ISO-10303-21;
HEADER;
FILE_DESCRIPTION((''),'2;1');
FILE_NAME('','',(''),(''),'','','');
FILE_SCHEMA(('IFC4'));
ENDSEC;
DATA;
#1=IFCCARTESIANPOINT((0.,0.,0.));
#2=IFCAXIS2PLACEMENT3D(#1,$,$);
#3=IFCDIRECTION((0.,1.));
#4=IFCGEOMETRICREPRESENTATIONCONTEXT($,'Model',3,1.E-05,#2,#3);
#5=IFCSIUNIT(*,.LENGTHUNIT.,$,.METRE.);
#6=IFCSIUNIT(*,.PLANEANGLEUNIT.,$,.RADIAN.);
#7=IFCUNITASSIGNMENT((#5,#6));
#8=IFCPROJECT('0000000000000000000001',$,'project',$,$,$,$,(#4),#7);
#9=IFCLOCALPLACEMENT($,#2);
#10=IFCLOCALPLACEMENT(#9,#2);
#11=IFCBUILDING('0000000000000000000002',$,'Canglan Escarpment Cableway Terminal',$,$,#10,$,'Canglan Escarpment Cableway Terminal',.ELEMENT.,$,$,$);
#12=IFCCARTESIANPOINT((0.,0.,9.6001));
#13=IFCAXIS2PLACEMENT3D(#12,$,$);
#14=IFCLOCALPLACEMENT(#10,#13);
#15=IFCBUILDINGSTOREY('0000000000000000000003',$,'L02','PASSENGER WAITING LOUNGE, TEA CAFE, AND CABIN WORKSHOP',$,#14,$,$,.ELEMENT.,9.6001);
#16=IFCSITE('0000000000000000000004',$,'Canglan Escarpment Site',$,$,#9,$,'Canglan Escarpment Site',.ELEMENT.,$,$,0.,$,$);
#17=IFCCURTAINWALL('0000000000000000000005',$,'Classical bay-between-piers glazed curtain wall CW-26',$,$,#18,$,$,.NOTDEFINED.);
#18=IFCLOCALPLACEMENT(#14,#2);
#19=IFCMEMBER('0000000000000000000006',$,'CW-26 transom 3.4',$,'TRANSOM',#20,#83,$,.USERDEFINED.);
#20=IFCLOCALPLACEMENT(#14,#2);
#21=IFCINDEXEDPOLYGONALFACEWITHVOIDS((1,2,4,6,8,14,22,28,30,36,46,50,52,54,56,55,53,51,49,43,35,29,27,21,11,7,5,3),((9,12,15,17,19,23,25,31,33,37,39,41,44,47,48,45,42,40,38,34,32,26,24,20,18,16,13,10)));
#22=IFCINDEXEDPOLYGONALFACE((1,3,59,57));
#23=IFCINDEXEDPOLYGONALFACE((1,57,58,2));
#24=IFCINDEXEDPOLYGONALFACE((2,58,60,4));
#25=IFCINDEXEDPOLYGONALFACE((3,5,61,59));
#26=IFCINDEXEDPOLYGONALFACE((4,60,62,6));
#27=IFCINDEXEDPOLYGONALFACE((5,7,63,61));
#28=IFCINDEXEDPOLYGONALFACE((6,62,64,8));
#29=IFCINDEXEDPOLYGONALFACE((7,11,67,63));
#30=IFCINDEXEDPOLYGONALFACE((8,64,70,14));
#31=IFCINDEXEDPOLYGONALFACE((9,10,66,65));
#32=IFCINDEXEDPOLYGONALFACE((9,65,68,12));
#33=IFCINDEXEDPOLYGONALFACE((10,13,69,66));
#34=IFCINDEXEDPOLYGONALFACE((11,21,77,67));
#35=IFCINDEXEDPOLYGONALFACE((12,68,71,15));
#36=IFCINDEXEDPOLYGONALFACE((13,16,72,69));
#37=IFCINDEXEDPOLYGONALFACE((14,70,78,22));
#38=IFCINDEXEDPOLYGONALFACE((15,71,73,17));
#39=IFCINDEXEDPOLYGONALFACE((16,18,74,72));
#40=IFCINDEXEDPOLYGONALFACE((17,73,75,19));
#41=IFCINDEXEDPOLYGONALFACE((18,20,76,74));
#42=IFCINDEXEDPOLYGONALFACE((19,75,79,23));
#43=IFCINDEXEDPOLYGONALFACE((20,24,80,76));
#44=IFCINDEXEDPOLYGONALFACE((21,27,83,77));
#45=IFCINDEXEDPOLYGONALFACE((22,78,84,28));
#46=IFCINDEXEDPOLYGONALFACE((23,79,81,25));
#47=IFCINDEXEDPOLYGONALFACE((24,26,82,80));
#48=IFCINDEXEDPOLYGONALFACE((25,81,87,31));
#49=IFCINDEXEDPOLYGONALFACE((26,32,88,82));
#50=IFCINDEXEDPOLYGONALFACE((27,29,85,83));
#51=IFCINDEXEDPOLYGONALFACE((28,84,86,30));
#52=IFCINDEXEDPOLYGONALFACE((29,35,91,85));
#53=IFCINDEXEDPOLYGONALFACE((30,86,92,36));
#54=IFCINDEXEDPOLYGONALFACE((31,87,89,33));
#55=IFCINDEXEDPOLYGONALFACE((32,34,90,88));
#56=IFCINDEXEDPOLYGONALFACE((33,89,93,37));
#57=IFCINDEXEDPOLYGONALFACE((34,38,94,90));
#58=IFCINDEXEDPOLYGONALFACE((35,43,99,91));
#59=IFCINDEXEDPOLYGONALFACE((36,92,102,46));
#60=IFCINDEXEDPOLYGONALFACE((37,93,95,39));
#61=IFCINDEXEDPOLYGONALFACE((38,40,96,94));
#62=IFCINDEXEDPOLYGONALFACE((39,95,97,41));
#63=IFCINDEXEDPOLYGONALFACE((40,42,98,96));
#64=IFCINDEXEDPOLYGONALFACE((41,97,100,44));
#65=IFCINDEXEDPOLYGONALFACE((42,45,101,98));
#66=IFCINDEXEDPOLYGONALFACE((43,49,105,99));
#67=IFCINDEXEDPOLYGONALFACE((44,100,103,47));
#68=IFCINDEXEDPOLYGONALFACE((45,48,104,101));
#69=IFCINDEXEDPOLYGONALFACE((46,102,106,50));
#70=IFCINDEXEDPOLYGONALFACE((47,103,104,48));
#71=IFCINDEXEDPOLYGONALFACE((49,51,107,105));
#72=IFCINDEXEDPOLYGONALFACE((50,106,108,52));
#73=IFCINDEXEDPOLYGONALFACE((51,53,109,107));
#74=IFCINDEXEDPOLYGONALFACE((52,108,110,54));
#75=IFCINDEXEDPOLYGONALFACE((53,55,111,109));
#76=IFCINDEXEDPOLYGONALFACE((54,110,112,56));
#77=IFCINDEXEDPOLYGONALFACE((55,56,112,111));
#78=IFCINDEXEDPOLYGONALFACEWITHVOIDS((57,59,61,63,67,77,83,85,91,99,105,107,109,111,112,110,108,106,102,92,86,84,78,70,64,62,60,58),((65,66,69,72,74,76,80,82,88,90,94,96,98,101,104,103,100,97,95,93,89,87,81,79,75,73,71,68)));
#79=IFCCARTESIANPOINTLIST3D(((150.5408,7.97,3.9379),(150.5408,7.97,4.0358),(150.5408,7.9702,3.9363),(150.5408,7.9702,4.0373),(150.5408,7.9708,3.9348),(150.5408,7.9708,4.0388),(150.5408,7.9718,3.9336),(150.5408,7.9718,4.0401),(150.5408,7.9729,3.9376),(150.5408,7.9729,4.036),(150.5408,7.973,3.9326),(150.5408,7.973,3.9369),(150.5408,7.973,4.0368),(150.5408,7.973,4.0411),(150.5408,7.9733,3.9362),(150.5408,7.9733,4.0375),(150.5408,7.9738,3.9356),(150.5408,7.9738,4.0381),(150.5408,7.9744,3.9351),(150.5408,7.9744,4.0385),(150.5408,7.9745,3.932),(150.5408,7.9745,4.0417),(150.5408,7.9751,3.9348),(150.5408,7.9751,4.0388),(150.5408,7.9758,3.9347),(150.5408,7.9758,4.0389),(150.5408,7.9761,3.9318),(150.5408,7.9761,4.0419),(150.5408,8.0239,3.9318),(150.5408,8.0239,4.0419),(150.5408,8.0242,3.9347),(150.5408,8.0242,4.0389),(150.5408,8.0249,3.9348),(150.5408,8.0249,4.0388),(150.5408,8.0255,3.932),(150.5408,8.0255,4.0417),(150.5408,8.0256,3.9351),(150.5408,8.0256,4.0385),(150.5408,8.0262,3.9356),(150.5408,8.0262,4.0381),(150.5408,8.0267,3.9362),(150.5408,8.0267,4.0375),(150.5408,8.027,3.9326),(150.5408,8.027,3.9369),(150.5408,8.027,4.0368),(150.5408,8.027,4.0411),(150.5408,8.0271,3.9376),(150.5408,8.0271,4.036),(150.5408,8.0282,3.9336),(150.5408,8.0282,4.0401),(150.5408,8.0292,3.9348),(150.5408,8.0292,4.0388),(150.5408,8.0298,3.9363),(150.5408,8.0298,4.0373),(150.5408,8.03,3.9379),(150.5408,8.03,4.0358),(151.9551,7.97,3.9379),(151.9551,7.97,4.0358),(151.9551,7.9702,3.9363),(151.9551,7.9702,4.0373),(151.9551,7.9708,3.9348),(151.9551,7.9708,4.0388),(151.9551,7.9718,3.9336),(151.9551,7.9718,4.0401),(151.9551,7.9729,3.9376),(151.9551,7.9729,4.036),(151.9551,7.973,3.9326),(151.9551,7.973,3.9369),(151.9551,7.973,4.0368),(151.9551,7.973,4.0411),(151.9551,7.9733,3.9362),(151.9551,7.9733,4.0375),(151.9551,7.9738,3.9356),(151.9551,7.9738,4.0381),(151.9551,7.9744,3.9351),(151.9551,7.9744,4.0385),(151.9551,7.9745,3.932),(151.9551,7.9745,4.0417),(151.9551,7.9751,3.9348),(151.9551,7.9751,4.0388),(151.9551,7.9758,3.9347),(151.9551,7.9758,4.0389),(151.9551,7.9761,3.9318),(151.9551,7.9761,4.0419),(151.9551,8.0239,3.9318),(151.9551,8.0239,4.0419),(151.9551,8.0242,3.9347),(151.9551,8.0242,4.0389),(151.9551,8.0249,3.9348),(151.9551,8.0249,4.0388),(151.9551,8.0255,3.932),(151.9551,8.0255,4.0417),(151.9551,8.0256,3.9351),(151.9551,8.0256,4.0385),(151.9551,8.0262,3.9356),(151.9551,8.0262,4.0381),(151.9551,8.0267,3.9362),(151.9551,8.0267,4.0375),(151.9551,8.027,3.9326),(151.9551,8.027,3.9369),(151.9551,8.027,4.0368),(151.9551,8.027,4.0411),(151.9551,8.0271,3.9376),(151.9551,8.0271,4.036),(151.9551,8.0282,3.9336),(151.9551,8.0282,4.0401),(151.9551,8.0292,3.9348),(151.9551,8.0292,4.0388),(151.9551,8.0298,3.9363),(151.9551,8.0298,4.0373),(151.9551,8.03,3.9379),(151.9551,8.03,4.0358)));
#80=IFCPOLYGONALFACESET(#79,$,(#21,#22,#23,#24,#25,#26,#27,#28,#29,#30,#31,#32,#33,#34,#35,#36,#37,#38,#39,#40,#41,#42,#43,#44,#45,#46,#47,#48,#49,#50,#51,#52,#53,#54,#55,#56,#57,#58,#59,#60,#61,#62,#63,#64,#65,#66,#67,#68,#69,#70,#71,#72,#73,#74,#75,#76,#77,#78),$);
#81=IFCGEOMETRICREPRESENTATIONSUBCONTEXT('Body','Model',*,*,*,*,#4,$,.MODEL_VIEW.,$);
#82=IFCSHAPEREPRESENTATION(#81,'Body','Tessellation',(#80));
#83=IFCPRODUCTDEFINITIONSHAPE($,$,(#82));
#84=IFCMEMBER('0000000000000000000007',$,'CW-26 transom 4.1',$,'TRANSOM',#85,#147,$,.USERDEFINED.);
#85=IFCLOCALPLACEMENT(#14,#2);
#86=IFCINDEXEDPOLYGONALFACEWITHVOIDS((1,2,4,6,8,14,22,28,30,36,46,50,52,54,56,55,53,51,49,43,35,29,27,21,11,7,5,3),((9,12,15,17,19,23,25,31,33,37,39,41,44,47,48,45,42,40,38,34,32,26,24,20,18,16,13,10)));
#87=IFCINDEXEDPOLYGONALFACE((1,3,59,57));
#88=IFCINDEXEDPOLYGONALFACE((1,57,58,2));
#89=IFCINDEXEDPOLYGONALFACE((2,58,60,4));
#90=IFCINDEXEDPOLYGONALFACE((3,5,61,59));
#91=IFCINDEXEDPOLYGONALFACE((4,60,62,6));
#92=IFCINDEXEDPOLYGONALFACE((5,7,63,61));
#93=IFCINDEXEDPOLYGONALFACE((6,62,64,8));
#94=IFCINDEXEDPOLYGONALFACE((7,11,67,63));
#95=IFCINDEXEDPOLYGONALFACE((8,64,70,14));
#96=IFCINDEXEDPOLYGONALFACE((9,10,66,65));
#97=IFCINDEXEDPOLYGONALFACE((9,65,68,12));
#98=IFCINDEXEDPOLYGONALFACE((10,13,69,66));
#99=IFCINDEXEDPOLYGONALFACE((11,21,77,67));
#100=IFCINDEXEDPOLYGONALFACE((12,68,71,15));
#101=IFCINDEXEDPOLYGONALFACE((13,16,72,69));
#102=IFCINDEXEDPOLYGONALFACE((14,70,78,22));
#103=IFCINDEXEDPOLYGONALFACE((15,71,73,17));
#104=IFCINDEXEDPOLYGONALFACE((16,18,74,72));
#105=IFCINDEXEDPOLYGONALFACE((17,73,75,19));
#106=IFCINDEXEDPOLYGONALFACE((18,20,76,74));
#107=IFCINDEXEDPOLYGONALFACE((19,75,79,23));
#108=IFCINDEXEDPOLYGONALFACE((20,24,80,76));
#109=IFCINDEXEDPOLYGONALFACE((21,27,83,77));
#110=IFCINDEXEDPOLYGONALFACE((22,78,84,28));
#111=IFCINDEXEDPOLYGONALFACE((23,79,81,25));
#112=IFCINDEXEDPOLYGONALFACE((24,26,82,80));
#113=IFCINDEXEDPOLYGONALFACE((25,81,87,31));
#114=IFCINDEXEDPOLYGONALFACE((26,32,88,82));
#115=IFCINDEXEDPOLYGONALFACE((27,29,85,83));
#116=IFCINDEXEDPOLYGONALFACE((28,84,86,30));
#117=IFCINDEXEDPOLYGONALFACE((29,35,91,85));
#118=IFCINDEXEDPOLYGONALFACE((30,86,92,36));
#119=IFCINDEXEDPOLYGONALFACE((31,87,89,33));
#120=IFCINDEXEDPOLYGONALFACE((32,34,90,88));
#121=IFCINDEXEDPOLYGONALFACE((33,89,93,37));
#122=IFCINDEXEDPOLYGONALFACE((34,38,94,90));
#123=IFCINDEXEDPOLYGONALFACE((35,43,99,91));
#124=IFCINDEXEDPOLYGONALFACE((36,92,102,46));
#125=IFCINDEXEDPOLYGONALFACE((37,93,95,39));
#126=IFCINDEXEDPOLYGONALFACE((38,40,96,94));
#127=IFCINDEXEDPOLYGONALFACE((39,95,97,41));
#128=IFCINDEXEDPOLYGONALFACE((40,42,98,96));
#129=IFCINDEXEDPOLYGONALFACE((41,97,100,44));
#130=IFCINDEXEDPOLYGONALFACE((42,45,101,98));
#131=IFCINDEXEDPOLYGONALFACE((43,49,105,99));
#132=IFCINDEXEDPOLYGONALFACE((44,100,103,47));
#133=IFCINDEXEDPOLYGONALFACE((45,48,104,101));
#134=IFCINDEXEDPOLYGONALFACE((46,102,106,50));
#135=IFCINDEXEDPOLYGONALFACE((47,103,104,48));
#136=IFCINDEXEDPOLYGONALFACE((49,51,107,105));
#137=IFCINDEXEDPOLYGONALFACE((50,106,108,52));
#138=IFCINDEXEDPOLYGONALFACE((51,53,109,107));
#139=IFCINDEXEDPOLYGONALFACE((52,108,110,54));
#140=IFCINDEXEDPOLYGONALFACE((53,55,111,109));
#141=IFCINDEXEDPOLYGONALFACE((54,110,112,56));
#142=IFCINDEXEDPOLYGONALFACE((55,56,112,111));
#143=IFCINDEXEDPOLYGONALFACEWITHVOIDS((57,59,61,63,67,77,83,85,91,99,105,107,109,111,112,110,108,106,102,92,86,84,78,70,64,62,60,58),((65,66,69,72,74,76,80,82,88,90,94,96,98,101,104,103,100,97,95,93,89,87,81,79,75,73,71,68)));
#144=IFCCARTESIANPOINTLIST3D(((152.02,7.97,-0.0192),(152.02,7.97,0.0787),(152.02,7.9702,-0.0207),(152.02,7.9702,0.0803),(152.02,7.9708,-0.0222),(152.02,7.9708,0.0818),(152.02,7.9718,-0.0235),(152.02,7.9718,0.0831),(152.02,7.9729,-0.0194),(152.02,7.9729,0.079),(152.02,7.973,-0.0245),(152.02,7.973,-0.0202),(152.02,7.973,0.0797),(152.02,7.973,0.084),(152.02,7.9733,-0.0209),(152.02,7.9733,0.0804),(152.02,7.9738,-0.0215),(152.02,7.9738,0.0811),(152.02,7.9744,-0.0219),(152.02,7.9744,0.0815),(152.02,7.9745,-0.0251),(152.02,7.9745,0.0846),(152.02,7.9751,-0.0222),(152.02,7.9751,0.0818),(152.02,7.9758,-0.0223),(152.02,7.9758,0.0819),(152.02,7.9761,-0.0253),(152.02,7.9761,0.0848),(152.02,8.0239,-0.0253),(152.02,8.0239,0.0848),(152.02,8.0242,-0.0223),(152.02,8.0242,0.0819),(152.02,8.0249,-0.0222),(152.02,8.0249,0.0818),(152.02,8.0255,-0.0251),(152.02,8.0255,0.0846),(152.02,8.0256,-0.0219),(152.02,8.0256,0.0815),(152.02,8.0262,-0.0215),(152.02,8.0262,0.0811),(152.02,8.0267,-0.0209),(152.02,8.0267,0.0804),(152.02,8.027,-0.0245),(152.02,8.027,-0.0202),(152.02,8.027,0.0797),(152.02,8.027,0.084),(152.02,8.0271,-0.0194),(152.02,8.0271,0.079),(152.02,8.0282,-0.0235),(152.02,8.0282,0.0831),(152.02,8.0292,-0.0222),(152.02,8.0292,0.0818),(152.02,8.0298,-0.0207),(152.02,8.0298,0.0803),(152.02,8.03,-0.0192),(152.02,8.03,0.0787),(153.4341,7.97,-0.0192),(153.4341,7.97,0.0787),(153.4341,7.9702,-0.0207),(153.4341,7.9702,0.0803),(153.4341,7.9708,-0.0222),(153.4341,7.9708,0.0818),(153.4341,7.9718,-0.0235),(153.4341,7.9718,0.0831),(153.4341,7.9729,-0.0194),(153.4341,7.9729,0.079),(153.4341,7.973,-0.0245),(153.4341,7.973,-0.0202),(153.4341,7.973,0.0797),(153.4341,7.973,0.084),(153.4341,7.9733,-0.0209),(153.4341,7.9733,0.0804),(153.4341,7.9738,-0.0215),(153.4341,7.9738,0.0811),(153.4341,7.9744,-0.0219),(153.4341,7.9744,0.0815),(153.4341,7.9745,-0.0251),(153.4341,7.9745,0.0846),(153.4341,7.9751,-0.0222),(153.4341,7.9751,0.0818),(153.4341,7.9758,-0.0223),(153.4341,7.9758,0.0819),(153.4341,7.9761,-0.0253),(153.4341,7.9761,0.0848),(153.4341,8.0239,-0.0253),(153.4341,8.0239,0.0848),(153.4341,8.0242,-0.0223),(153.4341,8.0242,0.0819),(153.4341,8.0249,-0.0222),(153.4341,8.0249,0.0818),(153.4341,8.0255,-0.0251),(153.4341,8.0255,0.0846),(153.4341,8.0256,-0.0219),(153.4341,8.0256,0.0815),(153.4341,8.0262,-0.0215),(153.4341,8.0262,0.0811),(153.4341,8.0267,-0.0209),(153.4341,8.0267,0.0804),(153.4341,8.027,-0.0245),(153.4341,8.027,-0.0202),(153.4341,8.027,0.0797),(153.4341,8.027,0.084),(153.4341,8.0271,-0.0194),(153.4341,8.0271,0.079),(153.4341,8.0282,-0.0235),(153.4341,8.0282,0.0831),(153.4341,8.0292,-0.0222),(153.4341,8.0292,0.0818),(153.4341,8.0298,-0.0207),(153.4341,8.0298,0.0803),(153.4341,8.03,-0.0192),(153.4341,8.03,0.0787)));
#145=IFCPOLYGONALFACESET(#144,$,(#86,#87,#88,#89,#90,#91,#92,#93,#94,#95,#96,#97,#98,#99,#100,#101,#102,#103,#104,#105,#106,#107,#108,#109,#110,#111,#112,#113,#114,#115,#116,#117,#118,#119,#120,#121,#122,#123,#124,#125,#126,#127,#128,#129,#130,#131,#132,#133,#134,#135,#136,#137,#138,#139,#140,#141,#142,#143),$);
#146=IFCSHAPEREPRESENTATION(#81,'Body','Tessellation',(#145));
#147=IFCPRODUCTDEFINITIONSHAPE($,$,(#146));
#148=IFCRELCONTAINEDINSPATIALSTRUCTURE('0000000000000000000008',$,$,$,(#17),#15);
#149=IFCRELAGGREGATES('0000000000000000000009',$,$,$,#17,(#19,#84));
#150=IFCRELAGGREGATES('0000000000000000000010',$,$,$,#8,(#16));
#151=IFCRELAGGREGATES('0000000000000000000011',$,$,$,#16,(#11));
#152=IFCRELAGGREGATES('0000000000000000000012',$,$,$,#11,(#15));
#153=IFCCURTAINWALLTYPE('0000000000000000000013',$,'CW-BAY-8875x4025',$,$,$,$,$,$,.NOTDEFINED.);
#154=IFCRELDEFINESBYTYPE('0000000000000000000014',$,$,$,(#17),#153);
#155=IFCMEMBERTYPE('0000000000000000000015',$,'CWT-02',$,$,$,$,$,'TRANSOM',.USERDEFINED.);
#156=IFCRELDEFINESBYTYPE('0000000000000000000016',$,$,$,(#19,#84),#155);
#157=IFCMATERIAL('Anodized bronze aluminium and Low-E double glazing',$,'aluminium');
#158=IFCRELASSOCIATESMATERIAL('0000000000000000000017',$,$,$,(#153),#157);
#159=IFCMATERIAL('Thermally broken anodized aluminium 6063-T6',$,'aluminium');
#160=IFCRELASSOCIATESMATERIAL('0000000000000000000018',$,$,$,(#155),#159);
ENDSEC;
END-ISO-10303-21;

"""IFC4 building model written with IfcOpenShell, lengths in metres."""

from ifc_helpers import new_model, si_unit, direction, frame, origin, origin_2d, place, context, subcontext, project, spatial, hollow_rectangle, extrude, material, material_profile, profile_set, type_object, element, aggregate, save


model = new_model("IFC4")

# Units and contexts
model_context = context("Model", 3, precision=1e-05, world=origin(), true_north=direction((0.0, 1.0)))
body_context = subcontext(model_context, "Body", "Model", "MODEL_VIEW")
ifc_project = project(units=[si_unit("LENGTHUNIT", "METRE"), si_unit("PLANEANGLEUNIT", "RADIAN")], contexts=[model_context])

# Site, building, storey
site_placement = place(None, origin())
site = spatial("IfcSite", under=ifc_project, at=site_placement, Name="Canglan Escarpment Site", LongName="Canglan Escarpment Site", CompositionType="ELEMENT", RefElevation=0.0)
building_placement = place(site_placement, origin())
building = spatial("IfcBuilding", under=site, at=building_placement, Name="Canglan Escarpment Cableway Terminal", LongName="Canglan Escarpment Cableway Terminal", CompositionType="ELEMENT")
storey_placement = place(building_placement, frame((0.0, 0.0, 9.6001)))
storey = spatial("IfcBuildingStorey", under=building, at=storey_placement, Name="L02", Description="PASSENGER WAITING LOUNGE, TEA CAFE, AND CABIN WORKSHOP", CompositionType="ELEMENT", Elevation=9.6001)

# Curtain wall, members
ifc_material_1 = material(Name="Anodized bronze aluminium and Low-E double glazing", Category="aluminium")
curtain_wall_type = type_object("IfcCurtainWallType", Name="CW-BAY-8875x4025", PredefinedType="NOTDEFINED", material=ifc_material_1)
curtain_wall_placement = place(storey_placement, origin())
curtain_wall = element("IfcCurtainWall", 1, at=curtain_wall_placement, inside=storey, type_object=curtain_wall_type, Name="Classical bay-between-piers glazed curtain wall CW-26", PredefinedType="NOTDEFINED")
ifc_material_2 = material(Name="Thermally broken anodized aluminium 6063-T6", Category="aluminium")
ifc_material_profile_1 = material_profile(ifc_material_2, hollow_rectangle(XDim=0.0601, YDim=0.1101, WallThickness=0.0029, InnerFilletRadius=0.0029, OuterFilletRadius=0.0061, at=origin_2d()), Name="ALU-TRAN 60x110x3")
ifc_profile_set_1 = profile_set([ifc_material_profile_1], Name="Thermally broken anodized aluminium 6063-T6")
member_type_1 = type_object("IfcMemberType", Name="CWT-02", ElementType="TRANSOM", PredefinedType="USERDEFINED", material=ifc_profile_set_1)
member_1_placement = place(storey_placement, frame((150.5408, 8.0, 3.9868), z_axis=(1.0, 0.0, 0.0), x_axis=(0.0, 1.0, 0.0)))
member_1 = element("IfcMember", 2, at=member_1_placement, type_object=member_type_1, Name="CW-26 transom 3.4", ObjectType="TRANSOM", PredefinedType="USERDEFINED", context=body_context, shape_type="SweptSolid", body=[
    extrude(hollow_rectangle(XDim=0.0601, YDim=0.1101, WallThickness=0.0029, InnerFilletRadius=0.0029, OuterFilletRadius=0.0061, at=origin_2d()), origin(), (0.0, 0.0, 1.0), 1.4143),
])
member_2_placement = place(storey_placement, frame((152.02, 8.0, 0.0298), z_axis=(1.0, 0.0, 0.0), x_axis=(0.0, 1.0, 0.0)))
member_2 = element("IfcMember", 3, at=member_2_placement, type_object=member_type_1, Name="CW-26 transom 4.1", ObjectType="TRANSOM", PredefinedType="USERDEFINED", context=body_context, shape_type="SweptSolid", body=[
    extrude(hollow_rectangle(XDim=0.0601, YDim=0.1101, WallThickness=0.0029, InnerFilletRadius=0.0029, OuterFilletRadius=0.0061, at=origin_2d()), origin(), (0.0, 0.0, 1.0), 1.4141),
])
aggregate(curtain_wall, [member_1, member_2])

save(model, "model.ifc")
